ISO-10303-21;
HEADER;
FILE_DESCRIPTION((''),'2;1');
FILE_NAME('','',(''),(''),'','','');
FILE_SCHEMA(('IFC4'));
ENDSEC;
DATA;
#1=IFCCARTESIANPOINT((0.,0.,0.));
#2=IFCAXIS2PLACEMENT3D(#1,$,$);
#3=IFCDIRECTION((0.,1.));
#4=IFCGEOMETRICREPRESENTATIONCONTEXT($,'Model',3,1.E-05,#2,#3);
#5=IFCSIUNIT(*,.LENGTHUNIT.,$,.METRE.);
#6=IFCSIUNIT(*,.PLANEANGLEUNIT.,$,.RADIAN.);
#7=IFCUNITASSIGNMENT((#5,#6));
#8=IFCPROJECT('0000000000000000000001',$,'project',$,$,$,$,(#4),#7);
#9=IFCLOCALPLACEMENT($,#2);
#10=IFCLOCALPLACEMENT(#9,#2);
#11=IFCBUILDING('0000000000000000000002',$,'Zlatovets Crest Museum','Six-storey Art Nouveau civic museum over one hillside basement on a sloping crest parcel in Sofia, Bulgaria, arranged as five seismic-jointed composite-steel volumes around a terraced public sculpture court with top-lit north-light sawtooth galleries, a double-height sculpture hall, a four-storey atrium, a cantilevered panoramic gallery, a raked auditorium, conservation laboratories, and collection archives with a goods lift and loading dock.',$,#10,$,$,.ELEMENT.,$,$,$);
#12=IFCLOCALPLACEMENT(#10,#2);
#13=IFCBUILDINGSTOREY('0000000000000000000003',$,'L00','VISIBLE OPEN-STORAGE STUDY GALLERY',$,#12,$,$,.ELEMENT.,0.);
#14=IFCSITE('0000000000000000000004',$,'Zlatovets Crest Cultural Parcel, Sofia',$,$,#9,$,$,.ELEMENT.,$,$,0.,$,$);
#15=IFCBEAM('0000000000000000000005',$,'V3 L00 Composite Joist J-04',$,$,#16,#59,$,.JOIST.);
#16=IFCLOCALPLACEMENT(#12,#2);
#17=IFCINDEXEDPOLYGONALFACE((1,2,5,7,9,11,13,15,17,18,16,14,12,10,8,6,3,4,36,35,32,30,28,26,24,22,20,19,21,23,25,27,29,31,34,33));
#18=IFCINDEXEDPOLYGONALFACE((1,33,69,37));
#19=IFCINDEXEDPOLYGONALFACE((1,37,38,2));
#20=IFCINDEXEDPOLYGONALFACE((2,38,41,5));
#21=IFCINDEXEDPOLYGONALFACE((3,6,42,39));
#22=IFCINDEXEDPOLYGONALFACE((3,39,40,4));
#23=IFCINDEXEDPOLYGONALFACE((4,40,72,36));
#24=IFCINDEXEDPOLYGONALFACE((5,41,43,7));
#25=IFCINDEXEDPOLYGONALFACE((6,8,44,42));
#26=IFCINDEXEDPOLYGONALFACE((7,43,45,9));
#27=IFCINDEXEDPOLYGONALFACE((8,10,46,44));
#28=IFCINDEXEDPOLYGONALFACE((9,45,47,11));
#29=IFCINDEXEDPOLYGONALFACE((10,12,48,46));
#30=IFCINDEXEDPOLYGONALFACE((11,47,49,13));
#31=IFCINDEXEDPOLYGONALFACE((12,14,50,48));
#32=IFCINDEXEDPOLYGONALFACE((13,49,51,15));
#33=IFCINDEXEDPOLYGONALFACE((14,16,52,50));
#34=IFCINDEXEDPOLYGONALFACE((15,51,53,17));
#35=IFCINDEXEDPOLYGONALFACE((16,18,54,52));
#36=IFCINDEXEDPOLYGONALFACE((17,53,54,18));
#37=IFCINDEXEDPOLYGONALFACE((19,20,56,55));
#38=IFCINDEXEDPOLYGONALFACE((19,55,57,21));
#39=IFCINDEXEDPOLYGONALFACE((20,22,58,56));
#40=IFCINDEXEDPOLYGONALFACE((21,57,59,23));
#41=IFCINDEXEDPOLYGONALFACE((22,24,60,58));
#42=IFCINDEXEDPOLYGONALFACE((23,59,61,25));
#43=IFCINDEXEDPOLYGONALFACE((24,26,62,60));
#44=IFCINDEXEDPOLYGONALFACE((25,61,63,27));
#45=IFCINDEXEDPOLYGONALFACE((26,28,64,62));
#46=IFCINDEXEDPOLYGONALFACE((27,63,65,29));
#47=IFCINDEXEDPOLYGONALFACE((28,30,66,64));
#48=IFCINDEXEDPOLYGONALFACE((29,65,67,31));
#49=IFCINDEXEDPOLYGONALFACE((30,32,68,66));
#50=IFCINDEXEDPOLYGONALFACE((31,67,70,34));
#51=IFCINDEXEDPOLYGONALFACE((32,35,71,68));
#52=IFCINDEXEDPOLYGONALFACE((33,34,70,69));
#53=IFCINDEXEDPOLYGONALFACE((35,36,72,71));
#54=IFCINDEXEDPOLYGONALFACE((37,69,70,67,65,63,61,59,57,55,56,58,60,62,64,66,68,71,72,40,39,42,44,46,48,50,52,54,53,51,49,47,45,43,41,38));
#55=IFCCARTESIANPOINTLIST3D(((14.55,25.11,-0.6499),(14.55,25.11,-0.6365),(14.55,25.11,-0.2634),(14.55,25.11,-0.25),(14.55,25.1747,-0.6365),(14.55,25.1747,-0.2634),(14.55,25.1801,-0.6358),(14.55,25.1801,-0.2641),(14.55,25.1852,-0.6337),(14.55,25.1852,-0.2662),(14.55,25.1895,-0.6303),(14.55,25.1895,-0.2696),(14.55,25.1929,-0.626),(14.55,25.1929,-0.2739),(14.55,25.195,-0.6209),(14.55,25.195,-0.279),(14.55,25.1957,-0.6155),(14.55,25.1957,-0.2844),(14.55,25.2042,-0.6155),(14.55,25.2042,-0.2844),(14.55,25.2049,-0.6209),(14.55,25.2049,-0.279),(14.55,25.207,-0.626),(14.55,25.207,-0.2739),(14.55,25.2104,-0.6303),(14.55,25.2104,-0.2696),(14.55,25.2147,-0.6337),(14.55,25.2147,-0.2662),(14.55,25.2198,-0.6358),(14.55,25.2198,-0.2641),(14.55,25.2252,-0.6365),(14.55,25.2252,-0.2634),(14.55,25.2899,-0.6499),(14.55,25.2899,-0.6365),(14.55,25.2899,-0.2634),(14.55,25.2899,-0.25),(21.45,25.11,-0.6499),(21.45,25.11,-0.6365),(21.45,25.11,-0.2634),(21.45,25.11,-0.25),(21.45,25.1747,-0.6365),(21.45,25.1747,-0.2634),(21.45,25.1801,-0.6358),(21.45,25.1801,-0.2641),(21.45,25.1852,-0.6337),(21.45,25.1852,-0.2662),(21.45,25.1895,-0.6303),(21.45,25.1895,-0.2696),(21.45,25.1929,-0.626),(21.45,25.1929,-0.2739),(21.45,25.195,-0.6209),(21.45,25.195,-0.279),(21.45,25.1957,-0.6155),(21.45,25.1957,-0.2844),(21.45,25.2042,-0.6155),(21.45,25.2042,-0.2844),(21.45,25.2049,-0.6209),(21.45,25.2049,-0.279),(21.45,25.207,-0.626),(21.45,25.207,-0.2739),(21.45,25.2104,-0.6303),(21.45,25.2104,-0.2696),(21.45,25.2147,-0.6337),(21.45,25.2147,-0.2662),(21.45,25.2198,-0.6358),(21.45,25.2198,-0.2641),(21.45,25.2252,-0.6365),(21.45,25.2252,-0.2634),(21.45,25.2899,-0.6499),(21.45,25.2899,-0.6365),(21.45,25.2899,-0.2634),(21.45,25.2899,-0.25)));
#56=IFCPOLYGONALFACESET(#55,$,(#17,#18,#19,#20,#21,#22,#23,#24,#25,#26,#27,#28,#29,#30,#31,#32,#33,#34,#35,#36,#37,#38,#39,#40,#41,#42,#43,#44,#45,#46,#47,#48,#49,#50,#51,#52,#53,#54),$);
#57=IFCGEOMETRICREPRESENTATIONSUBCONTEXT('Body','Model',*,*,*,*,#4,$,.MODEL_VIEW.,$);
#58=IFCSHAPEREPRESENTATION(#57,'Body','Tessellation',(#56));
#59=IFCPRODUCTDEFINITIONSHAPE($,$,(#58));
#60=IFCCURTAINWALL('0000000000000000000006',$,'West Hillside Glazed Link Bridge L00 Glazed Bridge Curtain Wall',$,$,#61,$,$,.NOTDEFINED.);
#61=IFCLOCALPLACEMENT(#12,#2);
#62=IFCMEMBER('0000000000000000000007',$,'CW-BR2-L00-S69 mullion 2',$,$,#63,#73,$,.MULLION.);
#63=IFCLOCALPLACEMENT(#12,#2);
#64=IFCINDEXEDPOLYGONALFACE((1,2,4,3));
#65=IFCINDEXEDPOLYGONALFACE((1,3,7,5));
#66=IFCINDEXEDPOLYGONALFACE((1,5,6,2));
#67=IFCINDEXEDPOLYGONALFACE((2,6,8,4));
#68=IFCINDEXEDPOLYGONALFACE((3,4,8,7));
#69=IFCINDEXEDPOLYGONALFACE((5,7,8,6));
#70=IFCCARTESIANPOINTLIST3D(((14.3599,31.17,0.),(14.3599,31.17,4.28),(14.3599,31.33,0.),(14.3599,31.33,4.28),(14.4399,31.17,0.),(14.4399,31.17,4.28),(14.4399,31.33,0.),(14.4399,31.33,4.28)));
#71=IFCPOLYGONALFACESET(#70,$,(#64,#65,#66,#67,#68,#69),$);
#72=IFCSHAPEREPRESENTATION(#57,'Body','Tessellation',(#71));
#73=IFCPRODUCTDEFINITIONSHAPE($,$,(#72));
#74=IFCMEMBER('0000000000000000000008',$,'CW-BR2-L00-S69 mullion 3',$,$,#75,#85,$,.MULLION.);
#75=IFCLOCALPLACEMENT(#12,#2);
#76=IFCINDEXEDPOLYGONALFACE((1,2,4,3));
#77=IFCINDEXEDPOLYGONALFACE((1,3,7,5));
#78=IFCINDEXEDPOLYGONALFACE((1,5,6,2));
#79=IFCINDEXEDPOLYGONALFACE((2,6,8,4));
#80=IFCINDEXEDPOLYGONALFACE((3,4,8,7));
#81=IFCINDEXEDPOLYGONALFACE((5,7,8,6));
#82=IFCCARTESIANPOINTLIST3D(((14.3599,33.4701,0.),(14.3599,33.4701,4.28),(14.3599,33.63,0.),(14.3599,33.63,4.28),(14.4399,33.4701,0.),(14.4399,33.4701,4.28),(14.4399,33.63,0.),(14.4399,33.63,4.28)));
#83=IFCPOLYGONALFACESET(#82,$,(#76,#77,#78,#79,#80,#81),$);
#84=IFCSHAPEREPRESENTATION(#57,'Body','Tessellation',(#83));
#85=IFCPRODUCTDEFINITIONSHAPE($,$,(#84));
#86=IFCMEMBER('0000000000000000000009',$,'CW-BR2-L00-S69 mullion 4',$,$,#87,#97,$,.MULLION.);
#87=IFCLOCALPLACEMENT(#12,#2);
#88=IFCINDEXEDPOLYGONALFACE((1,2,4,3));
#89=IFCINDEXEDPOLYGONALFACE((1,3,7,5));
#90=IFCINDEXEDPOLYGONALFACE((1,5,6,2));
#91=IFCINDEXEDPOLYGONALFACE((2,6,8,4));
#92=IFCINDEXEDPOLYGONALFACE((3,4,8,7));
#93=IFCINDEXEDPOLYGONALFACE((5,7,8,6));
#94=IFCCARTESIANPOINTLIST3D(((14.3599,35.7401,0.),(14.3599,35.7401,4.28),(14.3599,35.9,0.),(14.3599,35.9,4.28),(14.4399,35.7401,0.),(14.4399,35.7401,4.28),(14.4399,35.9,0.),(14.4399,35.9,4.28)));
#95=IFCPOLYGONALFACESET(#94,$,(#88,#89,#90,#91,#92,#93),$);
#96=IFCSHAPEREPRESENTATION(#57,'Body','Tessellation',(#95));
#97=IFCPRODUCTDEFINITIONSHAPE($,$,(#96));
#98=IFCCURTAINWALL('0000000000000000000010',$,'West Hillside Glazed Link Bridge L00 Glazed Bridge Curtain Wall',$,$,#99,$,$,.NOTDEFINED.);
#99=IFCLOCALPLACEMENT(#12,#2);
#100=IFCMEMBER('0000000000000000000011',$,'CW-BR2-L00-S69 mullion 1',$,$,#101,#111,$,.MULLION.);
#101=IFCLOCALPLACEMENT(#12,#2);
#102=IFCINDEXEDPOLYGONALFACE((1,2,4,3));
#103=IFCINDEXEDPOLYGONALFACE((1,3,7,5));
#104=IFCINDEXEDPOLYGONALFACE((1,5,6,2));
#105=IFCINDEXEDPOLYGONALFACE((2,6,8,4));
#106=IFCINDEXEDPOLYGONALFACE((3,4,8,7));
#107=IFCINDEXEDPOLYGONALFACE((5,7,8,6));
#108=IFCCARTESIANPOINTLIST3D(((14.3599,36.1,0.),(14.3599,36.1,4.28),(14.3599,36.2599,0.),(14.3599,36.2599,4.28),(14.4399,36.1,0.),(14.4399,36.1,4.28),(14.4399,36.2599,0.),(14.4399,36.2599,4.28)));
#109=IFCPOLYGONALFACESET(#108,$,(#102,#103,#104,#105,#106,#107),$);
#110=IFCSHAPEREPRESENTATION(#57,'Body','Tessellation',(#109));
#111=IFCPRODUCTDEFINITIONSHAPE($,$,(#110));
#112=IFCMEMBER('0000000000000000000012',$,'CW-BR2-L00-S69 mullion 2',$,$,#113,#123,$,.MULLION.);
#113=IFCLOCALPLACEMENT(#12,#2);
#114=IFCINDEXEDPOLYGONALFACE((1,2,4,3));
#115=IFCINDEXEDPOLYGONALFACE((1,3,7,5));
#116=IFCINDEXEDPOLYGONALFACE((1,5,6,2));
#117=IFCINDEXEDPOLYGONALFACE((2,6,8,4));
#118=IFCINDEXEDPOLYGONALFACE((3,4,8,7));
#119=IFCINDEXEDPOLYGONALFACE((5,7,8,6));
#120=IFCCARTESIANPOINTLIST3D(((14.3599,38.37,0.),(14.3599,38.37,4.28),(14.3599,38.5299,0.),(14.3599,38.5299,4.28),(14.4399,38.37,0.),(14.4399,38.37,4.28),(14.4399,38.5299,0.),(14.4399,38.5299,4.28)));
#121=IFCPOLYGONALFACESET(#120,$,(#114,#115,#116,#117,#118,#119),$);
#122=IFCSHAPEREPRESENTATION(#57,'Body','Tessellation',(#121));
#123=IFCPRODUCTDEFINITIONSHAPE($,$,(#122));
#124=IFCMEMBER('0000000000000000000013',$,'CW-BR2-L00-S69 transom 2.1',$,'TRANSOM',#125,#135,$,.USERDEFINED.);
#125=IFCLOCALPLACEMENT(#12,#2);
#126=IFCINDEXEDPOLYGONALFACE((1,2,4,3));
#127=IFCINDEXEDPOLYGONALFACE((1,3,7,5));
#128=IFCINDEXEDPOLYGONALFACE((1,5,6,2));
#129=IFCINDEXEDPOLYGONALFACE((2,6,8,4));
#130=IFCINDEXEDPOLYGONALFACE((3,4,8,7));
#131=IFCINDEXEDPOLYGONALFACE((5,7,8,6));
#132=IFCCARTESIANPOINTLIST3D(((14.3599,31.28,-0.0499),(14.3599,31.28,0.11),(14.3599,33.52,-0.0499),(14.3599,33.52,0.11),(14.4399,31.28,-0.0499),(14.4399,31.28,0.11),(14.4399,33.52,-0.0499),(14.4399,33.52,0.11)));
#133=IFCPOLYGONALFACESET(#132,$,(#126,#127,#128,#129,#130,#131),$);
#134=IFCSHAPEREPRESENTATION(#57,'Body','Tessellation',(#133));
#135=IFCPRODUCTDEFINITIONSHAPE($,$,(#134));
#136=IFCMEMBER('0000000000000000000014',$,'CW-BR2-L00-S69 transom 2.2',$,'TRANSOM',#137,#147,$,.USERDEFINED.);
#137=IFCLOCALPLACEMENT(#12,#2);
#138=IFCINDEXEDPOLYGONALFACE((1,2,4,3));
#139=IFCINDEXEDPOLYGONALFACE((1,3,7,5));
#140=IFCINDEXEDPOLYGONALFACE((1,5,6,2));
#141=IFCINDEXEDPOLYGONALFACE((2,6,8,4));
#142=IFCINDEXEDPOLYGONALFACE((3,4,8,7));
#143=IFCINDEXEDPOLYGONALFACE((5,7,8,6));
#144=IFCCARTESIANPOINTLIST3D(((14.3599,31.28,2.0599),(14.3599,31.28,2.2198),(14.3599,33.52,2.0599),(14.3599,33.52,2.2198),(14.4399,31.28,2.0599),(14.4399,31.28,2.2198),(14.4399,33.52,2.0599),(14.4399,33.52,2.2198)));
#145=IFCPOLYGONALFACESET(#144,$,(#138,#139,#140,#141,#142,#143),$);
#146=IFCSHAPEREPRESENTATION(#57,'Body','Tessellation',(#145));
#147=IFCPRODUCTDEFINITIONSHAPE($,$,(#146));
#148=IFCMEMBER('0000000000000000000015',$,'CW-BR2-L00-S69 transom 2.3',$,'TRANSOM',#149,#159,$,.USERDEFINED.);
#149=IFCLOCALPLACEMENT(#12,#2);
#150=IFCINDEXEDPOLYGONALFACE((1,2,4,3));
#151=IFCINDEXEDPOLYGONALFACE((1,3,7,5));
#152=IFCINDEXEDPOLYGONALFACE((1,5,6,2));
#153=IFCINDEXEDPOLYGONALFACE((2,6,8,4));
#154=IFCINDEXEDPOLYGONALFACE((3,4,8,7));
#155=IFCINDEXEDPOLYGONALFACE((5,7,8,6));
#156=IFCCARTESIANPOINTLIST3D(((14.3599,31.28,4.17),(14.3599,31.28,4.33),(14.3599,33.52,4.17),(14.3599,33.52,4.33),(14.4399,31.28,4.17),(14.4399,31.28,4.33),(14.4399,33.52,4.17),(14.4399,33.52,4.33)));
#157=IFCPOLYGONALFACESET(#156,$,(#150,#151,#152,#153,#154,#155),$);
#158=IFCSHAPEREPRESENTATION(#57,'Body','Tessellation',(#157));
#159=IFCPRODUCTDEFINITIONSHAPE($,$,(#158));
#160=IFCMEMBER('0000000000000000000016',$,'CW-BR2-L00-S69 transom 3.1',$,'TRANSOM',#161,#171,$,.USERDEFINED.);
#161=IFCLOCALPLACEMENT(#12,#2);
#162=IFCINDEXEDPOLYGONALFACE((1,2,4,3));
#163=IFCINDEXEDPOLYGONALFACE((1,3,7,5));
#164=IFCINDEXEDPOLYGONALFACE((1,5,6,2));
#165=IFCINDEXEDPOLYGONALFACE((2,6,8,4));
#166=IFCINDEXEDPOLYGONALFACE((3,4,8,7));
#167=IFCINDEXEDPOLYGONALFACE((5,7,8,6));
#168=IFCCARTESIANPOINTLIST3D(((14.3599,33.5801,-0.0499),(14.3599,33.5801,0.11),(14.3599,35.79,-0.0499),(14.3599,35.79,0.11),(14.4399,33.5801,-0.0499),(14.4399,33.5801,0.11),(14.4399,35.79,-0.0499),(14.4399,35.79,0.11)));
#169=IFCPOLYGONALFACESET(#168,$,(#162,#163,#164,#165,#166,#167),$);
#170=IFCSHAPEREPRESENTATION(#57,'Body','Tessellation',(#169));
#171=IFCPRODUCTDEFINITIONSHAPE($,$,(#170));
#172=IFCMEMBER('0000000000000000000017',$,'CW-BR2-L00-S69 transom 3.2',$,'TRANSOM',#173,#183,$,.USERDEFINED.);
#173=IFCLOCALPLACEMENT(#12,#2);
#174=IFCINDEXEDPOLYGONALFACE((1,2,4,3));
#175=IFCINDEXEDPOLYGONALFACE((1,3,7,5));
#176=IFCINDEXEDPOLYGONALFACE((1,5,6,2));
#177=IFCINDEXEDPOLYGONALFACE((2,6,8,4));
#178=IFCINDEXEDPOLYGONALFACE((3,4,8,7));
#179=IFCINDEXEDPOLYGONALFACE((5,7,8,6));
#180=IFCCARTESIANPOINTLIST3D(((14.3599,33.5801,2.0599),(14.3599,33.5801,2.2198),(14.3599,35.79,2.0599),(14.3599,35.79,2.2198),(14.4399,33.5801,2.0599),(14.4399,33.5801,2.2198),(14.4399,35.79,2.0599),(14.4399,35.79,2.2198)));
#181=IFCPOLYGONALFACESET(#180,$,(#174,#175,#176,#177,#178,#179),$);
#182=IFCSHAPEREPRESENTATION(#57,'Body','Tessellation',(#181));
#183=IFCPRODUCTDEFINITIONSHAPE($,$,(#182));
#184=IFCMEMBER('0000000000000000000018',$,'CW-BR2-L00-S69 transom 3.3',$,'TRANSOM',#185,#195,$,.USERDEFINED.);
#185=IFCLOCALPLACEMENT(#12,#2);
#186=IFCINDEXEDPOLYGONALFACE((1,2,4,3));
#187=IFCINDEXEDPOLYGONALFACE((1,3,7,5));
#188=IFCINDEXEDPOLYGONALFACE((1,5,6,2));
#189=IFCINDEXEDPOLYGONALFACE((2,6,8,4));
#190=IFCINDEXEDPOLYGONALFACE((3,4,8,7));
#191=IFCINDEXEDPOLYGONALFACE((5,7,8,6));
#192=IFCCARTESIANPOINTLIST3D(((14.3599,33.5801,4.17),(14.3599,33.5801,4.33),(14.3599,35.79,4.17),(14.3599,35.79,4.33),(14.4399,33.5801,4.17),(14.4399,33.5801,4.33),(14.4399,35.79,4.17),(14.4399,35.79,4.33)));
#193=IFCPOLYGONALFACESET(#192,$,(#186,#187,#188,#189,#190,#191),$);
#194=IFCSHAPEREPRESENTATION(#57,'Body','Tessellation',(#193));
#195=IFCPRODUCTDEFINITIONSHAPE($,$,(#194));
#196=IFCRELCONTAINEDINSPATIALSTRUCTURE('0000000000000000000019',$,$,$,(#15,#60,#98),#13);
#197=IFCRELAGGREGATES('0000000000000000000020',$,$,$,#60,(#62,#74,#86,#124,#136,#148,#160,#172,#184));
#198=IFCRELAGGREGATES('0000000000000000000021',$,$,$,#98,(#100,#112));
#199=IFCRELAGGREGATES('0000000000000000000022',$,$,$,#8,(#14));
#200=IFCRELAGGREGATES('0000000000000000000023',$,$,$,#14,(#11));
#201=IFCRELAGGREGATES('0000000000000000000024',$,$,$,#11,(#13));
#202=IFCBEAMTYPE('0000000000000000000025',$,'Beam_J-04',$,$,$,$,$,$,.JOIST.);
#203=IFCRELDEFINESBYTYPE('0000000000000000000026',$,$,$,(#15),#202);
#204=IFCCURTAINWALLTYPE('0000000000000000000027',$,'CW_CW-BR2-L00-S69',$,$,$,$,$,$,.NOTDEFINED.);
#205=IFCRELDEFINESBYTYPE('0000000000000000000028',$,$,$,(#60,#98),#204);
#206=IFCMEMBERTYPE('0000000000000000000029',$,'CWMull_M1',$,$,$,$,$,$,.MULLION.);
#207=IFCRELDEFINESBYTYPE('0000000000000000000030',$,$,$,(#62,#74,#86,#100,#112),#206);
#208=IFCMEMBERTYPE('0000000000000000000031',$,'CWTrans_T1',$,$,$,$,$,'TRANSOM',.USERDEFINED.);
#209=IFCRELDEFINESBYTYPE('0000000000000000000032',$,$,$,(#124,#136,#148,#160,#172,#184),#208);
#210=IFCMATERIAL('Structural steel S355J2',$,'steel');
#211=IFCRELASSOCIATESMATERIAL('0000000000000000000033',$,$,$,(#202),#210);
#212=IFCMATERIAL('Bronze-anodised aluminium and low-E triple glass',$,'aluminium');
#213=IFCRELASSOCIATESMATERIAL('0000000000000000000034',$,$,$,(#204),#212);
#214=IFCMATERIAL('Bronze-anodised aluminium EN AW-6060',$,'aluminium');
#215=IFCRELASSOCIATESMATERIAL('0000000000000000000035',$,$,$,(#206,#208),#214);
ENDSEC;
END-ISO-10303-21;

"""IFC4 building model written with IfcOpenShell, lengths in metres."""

from ifc_helpers import new_model, si_unit, direction, frame, origin, origin_2d, place, context, subcontext, project, spatial, rectangle, i_section, extrude, material, material_profile, profile_set, type_object, element, aggregate, save


model = new_model("IFC4")

# Units and contexts
model_context = context("Model", 3, precision=1e-05, world=origin(), true_north=direction((0.0, 1.0)))
body_context = subcontext(model_context, "Body", "Model", "MODEL_VIEW")
ifc_project = project(units=[si_unit("LENGTHUNIT", "METRE"), si_unit("PLANEANGLEUNIT", "RADIAN")], contexts=[model_context])

# Site, building, storey
site_placement = place(None, origin())
site = spatial("IfcSite", under=ifc_project, at=site_placement, Name="Zlatovets Crest Cultural Parcel, Sofia", CompositionType="ELEMENT", RefElevation=0.0)
building_placement = place(site_placement, origin())
building = spatial("IfcBuilding", under=site, at=building_placement, Name="Zlatovets Crest Museum", Description="Six-storey Art Nouveau civic museum over one hillside basement on a sloping crest parcel in Sofia, Bulgaria, arranged as five seismic-jointed composite-steel volumes around a terraced public sculpture court with top-lit north-light sawtooth galleries, a double-height sculpture hall, a four-storey atrium, a cantilevered panoramic gallery, a raked auditorium, conservation laboratories, and collection archives with a goods lift and loading dock.", CompositionType="ELEMENT")
storey_placement = place(building_placement, origin())
storey = spatial("IfcBuildingStorey", under=building, at=storey_placement, Name="L00", Description="VISIBLE OPEN-STORAGE STUDY GALLERY", CompositionType="ELEMENT", Elevation=0.0)

# Shared definitions
ifc_material_1 = material(Name="Structural steel S355J2", Category="steel")

# Beam
ifc_material_profile_1 = material_profile(ifc_material_1, i_section(OverallWidth=0.1799, OverallDepth=0.3999, WebThickness=0.0085, FlangeThickness=0.0134, FilletRadius=0.021, at=origin_2d()), Name="IPE 400")
ifc_profile_set_1 = profile_set([ifc_material_profile_1], Name="Structural steel S355J2")
beam_type_1 = type_object("IfcBeamType", Name="Beam_J-04", PredefinedType="JOIST", material=ifc_profile_set_1)
beam_1_placement = place(storey_placement, frame((14.55, 25.2, -0.45), z_axis=(1.0, 0.0, 0.0), x_axis=(0.0, 1.0, 0.0)))
element("IfcBeam", 1, at=beam_1_placement, inside=storey, type_object=beam_type_1, Name="V3 L00 Composite Joist J-04", PredefinedType="JOIST", context=body_context, shape_type="SweptSolid", body=[
    extrude(i_section(OverallWidth=0.1799, OverallDepth=0.3999, WebThickness=0.0085, FlangeThickness=0.0134, FilletRadius=0.021, at=origin_2d()), origin(), (0.0, 0.0, 1.0), 6.8999),
])

# Curtain walls, members
ifc_material_2 = material(Name="Bronze-anodised aluminium and low-E triple glass", Category="aluminium")
curtain_wall_type = type_object("IfcCurtainWallType", Name="CW_CW-BR2-L00-S69", PredefinedType="NOTDEFINED", material=ifc_material_2)
curtain_wall_1_placement = place(storey_placement, origin())
curtain_wall_1 = element("IfcCurtainWall", 2, at=curtain_wall_1_placement, inside=storey, type_object=curtain_wall_type, Name="West Hillside Glazed Link Bridge L00 Glazed Bridge Curtain Wall", PredefinedType="NOTDEFINED")
ifc_material_3 = material(Name="Bronze-anodised aluminium EN AW-6060", Category="aluminium")
ifc_material_profile_2 = material_profile(ifc_material_3, rectangle(XDim=0.0801, YDim=0.1599, at=origin_2d()), Name="ALU 80x160")
ifc_profile_set_2 = profile_set([ifc_material_profile_2], Name="Bronze-anodised aluminium EN AW-6060")
member_type_1 = type_object("IfcMemberType", Name="CWMull_M1", PredefinedType="MULLION", material=ifc_profile_set_2)
member_1_placement = place(storey_placement, frame((14.3999, 31.25, 0.0), z_axis=(0.0, 0.0, 1.0), x_axis=(-1.0, 0.0, 0.0)))
member_1 = element("IfcMember", 3, at=member_1_placement, type_object=member_type_1, Name="CW-BR2-L00-S69 mullion 2", PredefinedType="MULLION", context=body_context, shape_type="SweptSolid", body=[
    extrude(rectangle(XDim=0.0801, YDim=0.1599, at=origin_2d()), origin(), (0.0, 0.0, 1.0), 4.28),
])
member_2_placement = place(storey_placement, frame((14.3999, 33.55, 0.0), z_axis=(0.0, 0.0, 1.0), x_axis=(-1.0, 0.0, 0.0)))
member_2 = element("IfcMember", 4, at=member_2_placement, type_object=member_type_1, Name="CW-BR2-L00-S69 mullion 3", PredefinedType="MULLION", context=body_context, shape_type="SweptSolid", body=[
    extrude(rectangle(XDim=0.0801, YDim=0.1599, at=origin_2d()), origin(), (0.0, 0.0, 1.0), 4.28),
])
member_3_placement = place(storey_placement, frame((14.3999, 35.8201, 0.0), z_axis=(0.0, 0.0, 1.0), x_axis=(-1.0, 0.0, 0.0)))
member_3 = element("IfcMember", 5, at=member_3_placement, type_object=member_type_1, Name="CW-BR2-L00-S69 mullion 4", PredefinedType="MULLION", context=body_context, shape_type="SweptSolid", body=[
    extrude(rectangle(XDim=0.0801, YDim=0.1599, at=origin_2d()), origin(), (0.0, 0.0, 1.0), 4.28),
])
curtain_wall_2_placement = place(storey_placement, origin())
curtain_wall_2 = element("IfcCurtainWall", 6, at=curtain_wall_2_placement, inside=storey, type_object=curtain_wall_type, Name="West Hillside Glazed Link Bridge L00 Glazed Bridge Curtain Wall", PredefinedType="NOTDEFINED")
member_4_placement = place(storey_placement, frame((14.3999, 36.1799, 0.0), z_axis=(0.0, 0.0, 1.0), x_axis=(-1.0, 0.0, 0.0)))
member_4 = element("IfcMember", 7, at=member_4_placement, type_object=member_type_1, Name="CW-BR2-L00-S69 mullion 1", PredefinedType="MULLION", context=body_context, shape_type="SweptSolid", body=[
    extrude(rectangle(XDim=0.0801, YDim=0.1599, at=origin_2d()), origin(), (0.0, 0.0, 1.0), 4.28),
])
member_5_placement = place(storey_placement, frame((14.3999, 38.45, 0.0), z_axis=(0.0, 0.0, 1.0), x_axis=(-1.0, 0.0, 0.0)))
member_5 = element("IfcMember", 8, at=member_5_placement, type_object=member_type_1, Name="CW-BR2-L00-S69 mullion 2", PredefinedType="MULLION", context=body_context, shape_type="SweptSolid", body=[
    extrude(rectangle(XDim=0.0801, YDim=0.1599, at=origin_2d()), origin(), (0.0, 0.0, 1.0), 4.28),
])

# Members
ifc_material_profile_3 = material_profile(ifc_material_3, rectangle(XDim=0.0801, YDim=0.1599, at=origin_2d()), Name="ALU 80x160")
ifc_profile_set_3 = profile_set([ifc_material_profile_3], Name="Bronze-anodised aluminium EN AW-6060")
member_type_2 = type_object("IfcMemberType", Name="CWTrans_T1", ElementType="TRANSOM", PredefinedType="USERDEFINED", material=ifc_profile_set_3)
member_6_placement = place(storey_placement, frame((14.3999, 31.28, 0.03), z_axis=(0.0, 1.0, 0.0), x_axis=(-1.0, 0.0, 0.0)))
member_6 = element("IfcMember", 9, at=member_6_placement, type_object=member_type_2, Name="CW-BR2-L00-S69 transom 2.1", ObjectType="TRANSOM", PredefinedType="USERDEFINED", context=body_context, shape_type="SweptSolid", body=[
    extrude(rectangle(XDim=0.0801, YDim=0.1599, at=origin_2d()), origin(), (0.0, 0.0, 1.0), 2.24),
])
member_7_placement = place(storey_placement, frame((14.3999, 31.28, 2.1399), z_axis=(0.0, 1.0, 0.0), x_axis=(-1.0, 0.0, 0.0)))
member_7 = element("IfcMember", 10, at=member_7_placement, type_object=member_type_2, Name="CW-BR2-L00-S69 transom 2.2", ObjectType="TRANSOM", PredefinedType="USERDEFINED", context=body_context, shape_type="SweptSolid", body=[
    extrude(rectangle(XDim=0.0801, YDim=0.1599, at=origin_2d()), origin(), (0.0, 0.0, 1.0), 2.24),
])
member_8_placement = place(storey_placement, frame((14.3999, 31.28, 4.25), z_axis=(0.0, 1.0, 0.0), x_axis=(-1.0, 0.0, 0.0)))
member_8 = element("IfcMember", 11, at=member_8_placement, type_object=member_type_2, Name="CW-BR2-L00-S69 transom 2.3", ObjectType="TRANSOM", PredefinedType="USERDEFINED", context=body_context, shape_type="SweptSolid", body=[
    extrude(rectangle(XDim=0.0801, YDim=0.1599, at=origin_2d()), origin(), (0.0, 0.0, 1.0), 2.24),
])
member_9_placement = place(storey_placement, frame((14.3999, 33.5801, 0.03), z_axis=(0.0, 1.0, 0.0), x_axis=(-1.0, 0.0, 0.0)))
member_9 = element("IfcMember", 12, at=member_9_placement, type_object=member_type_2, Name="CW-BR2-L00-S69 transom 3.1", ObjectType="TRANSOM", PredefinedType="USERDEFINED", context=body_context, shape_type="SweptSolid", body=[
    extrude(rectangle(XDim=0.0801, YDim=0.1599, at=origin_2d()), origin(), (0.0, 0.0, 1.0), 2.21),
])
member_10_placement = place(storey_placement, frame((14.3999, 33.5801, 2.1399), z_axis=(0.0, 1.0, 0.0), x_axis=(-1.0, 0.0, 0.0)))
member_10 = element("IfcMember", 13, at=member_10_placement, type_object=member_type_2, Name="CW-BR2-L00-S69 transom 3.2", ObjectType="TRANSOM", PredefinedType="USERDEFINED", context=body_context, shape_type="SweptSolid", body=[
    extrude(rectangle(XDim=0.0801, YDim=0.1599, at=origin_2d()), origin(), (0.0, 0.0, 1.0), 2.21),
])
member_11_placement = place(storey_placement, frame((14.3999, 33.5801, 4.25), z_axis=(0.0, 1.0, 0.0), x_axis=(-1.0, 0.0, 0.0)))
member_11 = element("IfcMember", 14, at=member_11_placement, type_object=member_type_2, Name="CW-BR2-L00-S69 transom 3.3", ObjectType="TRANSOM", PredefinedType="USERDEFINED", context=body_context, shape_type="SweptSolid", body=[
    extrude(rectangle(XDim=0.0801, YDim=0.1599, at=origin_2d()), origin(), (0.0, 0.0, 1.0), 2.21),
])

aggregate(curtain_wall_1, [member_1, member_2, member_3, member_6, member_7, member_8, member_9, member_10, member_11])
aggregate(curtain_wall_2, [member_4, member_5])

save(model, "model.ifc")
